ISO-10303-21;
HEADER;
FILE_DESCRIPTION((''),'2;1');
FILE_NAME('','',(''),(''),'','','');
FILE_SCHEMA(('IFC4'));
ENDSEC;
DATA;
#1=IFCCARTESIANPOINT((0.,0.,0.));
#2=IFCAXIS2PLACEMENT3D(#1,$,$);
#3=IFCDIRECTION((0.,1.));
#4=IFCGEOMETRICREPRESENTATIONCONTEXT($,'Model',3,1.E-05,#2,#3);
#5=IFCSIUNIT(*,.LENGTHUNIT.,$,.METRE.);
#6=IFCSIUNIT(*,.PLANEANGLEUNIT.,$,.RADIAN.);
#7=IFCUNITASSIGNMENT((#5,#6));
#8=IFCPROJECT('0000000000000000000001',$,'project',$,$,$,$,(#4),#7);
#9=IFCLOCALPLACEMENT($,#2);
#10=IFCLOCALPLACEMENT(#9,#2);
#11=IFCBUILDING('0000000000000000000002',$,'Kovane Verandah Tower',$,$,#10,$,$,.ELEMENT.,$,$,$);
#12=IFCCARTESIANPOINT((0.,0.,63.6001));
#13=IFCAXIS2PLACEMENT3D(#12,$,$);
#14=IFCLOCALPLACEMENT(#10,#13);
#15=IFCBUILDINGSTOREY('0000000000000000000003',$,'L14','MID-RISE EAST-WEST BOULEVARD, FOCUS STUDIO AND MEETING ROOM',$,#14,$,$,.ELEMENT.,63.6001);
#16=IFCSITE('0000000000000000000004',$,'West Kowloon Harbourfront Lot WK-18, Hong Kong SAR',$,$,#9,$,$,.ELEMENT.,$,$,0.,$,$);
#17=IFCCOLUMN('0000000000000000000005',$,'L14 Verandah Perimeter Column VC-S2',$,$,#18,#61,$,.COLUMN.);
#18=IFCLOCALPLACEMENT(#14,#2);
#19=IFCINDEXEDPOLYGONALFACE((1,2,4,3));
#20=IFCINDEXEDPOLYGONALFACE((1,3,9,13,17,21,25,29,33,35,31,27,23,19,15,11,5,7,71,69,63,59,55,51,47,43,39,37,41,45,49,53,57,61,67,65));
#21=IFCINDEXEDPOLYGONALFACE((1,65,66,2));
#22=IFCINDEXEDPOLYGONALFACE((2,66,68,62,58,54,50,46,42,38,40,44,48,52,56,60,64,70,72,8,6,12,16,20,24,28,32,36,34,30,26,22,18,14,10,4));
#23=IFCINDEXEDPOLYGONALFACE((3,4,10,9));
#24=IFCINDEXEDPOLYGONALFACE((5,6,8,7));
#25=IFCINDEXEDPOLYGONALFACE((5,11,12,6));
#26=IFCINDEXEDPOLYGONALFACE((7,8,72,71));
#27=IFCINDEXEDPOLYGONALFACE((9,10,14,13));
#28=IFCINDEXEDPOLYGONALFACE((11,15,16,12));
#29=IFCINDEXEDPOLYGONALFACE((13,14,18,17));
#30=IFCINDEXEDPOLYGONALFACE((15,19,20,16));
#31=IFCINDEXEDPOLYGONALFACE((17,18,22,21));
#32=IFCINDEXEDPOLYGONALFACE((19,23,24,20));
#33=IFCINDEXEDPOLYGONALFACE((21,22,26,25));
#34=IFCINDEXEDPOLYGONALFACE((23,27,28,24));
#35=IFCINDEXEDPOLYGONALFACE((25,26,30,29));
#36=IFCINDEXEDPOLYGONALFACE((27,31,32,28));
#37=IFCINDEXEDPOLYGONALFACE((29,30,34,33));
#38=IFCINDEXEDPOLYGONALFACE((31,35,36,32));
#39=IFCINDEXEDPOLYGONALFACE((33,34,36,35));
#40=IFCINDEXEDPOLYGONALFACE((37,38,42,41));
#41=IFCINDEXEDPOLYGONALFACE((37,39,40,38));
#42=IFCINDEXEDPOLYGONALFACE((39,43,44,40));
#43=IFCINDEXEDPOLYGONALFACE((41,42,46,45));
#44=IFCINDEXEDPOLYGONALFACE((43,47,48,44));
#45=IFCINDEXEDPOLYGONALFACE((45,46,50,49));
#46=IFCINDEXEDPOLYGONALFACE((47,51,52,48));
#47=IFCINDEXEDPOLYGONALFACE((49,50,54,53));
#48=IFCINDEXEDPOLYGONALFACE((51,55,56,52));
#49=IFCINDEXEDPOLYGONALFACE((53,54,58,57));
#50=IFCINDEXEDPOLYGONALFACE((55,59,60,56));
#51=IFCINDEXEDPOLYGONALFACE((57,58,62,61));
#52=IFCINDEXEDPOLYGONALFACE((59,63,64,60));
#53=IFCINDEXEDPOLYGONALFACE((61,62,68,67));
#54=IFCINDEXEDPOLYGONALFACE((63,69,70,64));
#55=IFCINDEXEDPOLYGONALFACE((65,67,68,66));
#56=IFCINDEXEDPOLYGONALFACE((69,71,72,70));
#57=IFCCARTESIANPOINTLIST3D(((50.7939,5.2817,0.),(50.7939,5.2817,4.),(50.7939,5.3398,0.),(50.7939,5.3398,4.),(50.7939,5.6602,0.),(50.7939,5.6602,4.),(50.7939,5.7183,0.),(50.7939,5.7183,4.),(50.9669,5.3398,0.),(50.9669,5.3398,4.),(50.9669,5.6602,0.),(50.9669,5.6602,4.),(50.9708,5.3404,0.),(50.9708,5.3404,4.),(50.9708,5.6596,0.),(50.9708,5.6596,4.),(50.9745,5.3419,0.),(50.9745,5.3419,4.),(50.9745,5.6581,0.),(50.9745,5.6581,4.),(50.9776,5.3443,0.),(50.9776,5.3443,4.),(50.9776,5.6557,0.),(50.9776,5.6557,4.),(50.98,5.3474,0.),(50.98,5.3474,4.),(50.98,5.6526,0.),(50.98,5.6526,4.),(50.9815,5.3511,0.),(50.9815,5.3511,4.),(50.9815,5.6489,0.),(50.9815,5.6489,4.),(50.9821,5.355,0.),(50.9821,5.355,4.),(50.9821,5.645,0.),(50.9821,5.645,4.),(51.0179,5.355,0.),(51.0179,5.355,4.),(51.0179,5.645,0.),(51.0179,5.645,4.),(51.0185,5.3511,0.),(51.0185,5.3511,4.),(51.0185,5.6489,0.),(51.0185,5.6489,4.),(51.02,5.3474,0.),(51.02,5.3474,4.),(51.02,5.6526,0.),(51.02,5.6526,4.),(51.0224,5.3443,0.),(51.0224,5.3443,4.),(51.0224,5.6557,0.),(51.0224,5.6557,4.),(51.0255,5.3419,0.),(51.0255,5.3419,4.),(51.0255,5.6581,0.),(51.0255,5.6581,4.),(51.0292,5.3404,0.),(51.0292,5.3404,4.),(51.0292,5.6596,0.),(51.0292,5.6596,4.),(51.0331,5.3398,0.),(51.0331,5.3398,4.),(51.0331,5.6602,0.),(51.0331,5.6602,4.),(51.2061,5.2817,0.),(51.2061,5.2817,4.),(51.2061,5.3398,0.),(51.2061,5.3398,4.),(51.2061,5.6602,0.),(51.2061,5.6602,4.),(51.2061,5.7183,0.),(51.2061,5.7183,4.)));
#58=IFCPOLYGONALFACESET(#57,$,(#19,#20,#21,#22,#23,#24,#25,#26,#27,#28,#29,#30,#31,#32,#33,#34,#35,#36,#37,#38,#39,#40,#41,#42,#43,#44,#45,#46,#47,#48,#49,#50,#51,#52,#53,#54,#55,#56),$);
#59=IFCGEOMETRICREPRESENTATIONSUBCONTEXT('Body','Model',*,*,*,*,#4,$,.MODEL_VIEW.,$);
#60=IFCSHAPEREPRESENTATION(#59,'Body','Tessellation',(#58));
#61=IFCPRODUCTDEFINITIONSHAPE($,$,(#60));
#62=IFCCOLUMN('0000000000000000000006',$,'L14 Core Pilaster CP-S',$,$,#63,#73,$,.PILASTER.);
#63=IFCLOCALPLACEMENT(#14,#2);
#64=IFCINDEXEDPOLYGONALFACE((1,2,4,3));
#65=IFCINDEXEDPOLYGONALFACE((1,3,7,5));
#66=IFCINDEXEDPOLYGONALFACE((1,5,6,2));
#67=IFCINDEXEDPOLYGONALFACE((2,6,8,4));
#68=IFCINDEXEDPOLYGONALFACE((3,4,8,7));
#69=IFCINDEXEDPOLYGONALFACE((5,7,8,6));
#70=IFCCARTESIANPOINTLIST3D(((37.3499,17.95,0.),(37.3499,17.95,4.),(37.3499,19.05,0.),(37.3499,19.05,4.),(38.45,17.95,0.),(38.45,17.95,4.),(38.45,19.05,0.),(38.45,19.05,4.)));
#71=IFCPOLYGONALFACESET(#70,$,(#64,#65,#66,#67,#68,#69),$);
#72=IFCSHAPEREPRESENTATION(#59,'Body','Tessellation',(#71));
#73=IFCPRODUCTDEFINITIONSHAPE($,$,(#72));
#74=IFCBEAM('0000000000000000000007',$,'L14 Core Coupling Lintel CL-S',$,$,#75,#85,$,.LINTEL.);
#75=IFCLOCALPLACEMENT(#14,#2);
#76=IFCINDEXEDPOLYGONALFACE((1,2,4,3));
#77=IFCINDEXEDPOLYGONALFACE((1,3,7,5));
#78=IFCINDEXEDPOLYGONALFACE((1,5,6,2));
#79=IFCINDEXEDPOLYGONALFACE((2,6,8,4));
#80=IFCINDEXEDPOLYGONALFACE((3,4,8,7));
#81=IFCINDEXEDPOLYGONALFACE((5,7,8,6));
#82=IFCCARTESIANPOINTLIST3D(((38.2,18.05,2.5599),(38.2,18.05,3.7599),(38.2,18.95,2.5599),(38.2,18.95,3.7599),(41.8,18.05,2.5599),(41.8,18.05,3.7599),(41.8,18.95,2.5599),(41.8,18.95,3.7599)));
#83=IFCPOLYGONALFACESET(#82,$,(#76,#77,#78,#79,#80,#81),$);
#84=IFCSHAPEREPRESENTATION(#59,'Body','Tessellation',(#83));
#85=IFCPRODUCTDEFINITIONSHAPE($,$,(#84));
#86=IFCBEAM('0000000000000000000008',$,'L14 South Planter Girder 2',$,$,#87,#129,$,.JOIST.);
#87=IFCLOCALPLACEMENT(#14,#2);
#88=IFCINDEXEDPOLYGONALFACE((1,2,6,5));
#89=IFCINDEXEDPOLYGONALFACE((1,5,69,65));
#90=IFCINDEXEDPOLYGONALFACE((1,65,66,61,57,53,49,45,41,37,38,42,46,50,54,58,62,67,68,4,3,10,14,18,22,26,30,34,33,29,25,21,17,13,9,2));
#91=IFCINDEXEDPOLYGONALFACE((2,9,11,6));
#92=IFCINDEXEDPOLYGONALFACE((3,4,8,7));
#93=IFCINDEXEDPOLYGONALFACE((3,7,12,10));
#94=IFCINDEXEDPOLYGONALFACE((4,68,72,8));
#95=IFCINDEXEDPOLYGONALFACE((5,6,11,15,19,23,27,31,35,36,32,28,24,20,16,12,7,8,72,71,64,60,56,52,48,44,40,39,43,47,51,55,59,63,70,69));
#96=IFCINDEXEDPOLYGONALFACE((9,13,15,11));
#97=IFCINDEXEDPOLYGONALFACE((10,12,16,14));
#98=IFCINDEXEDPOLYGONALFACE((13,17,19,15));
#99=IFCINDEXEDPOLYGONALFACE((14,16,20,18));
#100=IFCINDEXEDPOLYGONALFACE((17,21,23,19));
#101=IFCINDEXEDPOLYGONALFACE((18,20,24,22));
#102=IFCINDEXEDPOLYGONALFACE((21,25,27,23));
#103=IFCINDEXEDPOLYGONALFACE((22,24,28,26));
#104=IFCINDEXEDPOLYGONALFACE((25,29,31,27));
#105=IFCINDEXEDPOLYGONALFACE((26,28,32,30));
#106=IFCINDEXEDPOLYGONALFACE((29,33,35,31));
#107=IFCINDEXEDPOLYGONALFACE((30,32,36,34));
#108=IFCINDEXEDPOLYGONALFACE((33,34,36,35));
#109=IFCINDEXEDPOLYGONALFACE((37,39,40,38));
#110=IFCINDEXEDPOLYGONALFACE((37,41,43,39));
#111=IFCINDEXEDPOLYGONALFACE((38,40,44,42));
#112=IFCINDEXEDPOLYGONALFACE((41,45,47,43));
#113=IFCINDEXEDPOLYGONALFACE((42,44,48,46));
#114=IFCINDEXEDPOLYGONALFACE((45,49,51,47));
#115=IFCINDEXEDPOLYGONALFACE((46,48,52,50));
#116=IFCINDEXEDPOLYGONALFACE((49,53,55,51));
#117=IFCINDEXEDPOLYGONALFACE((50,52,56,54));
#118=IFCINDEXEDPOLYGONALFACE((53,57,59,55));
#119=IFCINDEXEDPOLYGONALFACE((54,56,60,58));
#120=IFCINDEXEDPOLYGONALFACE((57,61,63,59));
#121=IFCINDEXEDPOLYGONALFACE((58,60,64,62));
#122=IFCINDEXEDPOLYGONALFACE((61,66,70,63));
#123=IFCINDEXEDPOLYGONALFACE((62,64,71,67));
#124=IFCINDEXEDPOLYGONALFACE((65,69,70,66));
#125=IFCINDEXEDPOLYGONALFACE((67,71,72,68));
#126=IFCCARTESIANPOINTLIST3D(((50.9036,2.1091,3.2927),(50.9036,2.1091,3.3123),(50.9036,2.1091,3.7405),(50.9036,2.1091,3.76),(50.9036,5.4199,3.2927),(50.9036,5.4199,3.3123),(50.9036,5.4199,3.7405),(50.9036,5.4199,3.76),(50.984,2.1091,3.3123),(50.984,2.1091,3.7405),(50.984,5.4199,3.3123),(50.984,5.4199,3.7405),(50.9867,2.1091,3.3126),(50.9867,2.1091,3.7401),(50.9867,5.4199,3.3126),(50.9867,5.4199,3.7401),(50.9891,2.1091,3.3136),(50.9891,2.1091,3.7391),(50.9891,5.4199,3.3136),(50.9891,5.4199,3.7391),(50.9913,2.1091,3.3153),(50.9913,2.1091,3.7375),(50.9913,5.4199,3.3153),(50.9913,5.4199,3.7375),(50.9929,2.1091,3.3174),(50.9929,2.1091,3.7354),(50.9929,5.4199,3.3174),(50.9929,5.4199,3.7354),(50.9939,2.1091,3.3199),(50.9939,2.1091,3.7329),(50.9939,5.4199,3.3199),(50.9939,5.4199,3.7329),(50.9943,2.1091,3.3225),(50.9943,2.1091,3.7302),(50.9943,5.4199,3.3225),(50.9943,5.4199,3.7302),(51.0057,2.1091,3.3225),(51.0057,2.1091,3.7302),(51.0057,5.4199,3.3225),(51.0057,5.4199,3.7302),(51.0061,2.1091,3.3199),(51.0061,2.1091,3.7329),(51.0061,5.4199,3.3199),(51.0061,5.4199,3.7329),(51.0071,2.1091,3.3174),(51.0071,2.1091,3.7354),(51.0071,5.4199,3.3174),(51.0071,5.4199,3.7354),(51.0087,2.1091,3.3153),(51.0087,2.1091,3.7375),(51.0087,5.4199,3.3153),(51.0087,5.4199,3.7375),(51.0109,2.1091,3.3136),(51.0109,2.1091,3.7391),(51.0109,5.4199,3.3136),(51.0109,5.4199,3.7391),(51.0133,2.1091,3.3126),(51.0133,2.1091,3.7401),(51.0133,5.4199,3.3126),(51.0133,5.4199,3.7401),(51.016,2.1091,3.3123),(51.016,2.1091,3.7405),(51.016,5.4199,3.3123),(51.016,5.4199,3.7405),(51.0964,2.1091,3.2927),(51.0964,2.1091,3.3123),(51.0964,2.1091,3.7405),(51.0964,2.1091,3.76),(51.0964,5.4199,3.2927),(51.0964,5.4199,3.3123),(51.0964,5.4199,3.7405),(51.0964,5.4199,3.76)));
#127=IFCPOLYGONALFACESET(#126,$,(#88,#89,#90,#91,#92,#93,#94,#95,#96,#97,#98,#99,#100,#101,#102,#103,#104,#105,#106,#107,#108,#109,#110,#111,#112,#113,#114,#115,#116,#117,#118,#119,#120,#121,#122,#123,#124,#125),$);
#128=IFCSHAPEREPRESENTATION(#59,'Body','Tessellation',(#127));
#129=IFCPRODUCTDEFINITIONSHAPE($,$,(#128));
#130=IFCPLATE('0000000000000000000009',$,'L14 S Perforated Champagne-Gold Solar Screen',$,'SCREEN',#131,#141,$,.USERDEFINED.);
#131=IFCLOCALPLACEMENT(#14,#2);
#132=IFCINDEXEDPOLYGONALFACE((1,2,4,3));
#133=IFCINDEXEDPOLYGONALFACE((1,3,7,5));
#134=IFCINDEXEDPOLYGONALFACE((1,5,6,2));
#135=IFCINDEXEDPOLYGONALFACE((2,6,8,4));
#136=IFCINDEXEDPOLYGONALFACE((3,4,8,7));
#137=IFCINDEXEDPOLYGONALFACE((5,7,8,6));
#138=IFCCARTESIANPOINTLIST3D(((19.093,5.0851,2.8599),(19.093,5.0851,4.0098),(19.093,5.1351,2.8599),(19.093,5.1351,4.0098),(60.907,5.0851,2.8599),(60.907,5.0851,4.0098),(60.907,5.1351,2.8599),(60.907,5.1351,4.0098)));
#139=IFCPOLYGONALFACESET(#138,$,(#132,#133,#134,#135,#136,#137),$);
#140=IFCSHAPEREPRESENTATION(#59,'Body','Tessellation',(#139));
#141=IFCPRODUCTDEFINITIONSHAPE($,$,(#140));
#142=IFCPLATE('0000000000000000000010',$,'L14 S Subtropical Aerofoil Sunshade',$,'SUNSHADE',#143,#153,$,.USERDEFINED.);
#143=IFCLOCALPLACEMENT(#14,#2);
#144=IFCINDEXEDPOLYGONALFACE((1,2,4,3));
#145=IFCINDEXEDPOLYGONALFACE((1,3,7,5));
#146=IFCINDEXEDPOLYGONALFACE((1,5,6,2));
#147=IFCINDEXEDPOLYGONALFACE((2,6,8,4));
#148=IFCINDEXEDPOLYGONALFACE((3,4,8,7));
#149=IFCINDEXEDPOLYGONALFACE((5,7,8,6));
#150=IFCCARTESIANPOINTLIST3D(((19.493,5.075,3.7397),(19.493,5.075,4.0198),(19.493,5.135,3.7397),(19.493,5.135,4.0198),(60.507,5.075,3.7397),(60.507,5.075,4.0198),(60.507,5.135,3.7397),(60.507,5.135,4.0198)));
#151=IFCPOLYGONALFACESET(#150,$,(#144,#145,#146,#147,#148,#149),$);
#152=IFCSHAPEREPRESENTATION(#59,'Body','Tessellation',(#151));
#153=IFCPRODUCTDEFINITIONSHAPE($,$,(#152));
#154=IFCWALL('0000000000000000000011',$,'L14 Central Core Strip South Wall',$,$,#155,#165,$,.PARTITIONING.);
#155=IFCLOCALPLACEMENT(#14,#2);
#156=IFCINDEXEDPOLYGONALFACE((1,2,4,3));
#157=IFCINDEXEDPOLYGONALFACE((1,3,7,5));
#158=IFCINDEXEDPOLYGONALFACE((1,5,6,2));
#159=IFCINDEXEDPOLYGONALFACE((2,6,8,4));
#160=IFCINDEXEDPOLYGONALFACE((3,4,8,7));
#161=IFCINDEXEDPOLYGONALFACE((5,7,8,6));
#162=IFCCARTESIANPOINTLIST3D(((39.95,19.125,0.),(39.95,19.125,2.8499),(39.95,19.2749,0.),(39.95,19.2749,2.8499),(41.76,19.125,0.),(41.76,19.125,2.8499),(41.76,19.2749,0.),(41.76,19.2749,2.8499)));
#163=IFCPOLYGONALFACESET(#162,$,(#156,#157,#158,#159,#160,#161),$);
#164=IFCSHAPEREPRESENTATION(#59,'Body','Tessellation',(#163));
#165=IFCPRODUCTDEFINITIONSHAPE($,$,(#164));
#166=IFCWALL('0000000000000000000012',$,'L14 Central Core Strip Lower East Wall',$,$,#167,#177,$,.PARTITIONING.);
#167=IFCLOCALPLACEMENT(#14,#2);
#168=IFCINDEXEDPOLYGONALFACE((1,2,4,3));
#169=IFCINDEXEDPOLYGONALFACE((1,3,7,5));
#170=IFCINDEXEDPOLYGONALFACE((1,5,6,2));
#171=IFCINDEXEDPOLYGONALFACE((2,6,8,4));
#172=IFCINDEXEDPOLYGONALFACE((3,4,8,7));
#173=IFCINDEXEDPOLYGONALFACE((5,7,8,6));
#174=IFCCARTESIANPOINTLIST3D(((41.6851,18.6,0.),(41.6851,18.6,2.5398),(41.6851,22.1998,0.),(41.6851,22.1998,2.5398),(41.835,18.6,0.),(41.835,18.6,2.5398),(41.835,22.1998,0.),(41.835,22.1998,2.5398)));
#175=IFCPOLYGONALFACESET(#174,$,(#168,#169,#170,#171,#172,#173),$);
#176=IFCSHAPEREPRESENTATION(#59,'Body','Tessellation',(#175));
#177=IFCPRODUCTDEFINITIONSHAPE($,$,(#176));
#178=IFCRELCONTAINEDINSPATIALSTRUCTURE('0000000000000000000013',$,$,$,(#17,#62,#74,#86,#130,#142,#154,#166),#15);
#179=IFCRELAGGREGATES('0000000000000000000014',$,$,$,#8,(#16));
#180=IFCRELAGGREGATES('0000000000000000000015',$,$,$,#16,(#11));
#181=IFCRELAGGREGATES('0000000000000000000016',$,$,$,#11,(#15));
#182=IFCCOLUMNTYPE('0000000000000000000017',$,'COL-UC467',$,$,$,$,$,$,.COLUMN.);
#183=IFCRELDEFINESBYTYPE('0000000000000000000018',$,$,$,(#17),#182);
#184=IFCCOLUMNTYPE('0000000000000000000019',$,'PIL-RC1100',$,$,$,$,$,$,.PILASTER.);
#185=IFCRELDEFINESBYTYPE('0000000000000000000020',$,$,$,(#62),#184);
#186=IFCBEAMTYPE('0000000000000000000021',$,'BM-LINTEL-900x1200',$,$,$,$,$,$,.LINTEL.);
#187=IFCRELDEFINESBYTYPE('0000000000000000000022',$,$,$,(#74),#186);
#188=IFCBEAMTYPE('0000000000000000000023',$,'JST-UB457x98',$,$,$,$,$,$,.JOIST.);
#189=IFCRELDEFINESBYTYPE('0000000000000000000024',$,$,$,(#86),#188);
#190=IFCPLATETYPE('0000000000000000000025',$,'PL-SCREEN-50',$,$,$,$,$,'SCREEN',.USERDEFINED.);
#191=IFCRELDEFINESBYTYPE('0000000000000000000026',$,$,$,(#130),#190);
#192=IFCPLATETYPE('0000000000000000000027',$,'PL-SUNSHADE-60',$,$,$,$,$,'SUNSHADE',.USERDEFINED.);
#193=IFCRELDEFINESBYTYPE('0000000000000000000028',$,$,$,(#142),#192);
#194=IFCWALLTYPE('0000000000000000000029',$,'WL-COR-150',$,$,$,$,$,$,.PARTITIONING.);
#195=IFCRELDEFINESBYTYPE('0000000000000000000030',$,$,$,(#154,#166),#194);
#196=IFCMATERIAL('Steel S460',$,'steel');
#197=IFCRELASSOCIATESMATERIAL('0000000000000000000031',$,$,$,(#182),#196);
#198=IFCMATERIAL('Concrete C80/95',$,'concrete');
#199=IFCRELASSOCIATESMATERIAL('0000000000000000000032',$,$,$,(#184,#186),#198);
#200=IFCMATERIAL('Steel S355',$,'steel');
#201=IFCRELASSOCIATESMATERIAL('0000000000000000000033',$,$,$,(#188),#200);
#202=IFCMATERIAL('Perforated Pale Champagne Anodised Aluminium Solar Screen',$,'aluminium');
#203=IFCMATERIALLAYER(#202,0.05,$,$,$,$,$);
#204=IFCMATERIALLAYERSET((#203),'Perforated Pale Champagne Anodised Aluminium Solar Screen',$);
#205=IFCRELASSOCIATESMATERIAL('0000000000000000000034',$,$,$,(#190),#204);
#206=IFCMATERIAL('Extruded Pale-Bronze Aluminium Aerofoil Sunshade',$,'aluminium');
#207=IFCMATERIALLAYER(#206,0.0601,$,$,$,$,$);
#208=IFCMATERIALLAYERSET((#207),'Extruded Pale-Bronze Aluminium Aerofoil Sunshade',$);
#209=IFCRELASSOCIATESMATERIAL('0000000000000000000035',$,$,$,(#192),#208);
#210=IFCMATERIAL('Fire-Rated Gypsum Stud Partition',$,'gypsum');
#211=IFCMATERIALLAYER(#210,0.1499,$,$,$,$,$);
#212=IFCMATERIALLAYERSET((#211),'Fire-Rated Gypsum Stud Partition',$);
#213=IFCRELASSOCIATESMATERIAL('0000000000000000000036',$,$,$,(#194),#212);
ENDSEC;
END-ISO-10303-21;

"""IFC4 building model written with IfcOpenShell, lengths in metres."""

from ifc_helpers import new_model, si_unit, direction, frame, frame_2d, origin, origin_2d, place, context, subcontext, project, spatial, rectangle, i_section, extrude, material, layer, layer_set, material_profile, profile_set, type_object, element, save


model = new_model("IFC4")

# Units and contexts
model_context = context("Model", 3, precision=1e-05, world=origin(), true_north=direction((0.0, 1.0)))
body_context = subcontext(model_context, "Body", "Model", "MODEL_VIEW")
ifc_project = project(units=[si_unit("LENGTHUNIT", "METRE"), si_unit("PLANEANGLEUNIT", "RADIAN")], contexts=[model_context])

# Site, building, storey
site_placement = place(None, origin())
site = spatial("IfcSite", under=ifc_project, at=site_placement, Name="West Kowloon Harbourfront Lot WK-18, Hong Kong SAR", CompositionType="ELEMENT", RefElevation=0.0)
building_placement = place(site_placement, origin())
building = spatial("IfcBuilding", under=site, at=building_placement, Name="Kovane Verandah Tower", CompositionType="ELEMENT")
storey_placement = place(building_placement, frame((0.0, 0.0, 63.6001)))
storey = spatial("IfcBuildingStorey", under=building, at=storey_placement, Name="L14", Description="MID-RISE EAST-WEST BOULEVARD, FOCUS STUDIO AND MEETING ROOM", CompositionType="ELEMENT", Elevation=63.6001)

# Columns
ifc_material_1 = material(Name="Steel S460", Category="steel")
ifc_material_profile_1 = material_profile(ifc_material_1, i_section(OverallWidth=0.4121, OverallDepth=0.4365, WebThickness=0.0359, FlangeThickness=0.0581, FilletRadius=0.0151, at=origin_2d()), Name="UC356x406x467")
ifc_profile_set_1 = profile_set([ifc_material_profile_1], Name="Steel S460")
column_type_1 = type_object("IfcColumnType", Name="COL-UC467", PredefinedType="COLUMN", material=ifc_profile_set_1)
column_1_placement = place(storey_placement, frame((51.0, 5.5, 0.0), z_axis=(0.0, 0.0, 1.0), x_axis=(1.0, 0.0, 0.0)))
element("IfcColumn", 1, at=column_1_placement, inside=storey, type_object=column_type_1, Name="L14 Verandah Perimeter Column VC-S2", PredefinedType="COLUMN", context=body_context, shape_type="SweptSolid", body=[
    extrude(i_section(OverallWidth=0.4121, OverallDepth=0.4365, WebThickness=0.0359, FlangeThickness=0.0581, FilletRadius=0.0151, at=origin_2d()), origin(), (0.0, 0.0, 1.0), 4.0),
])
ifc_material_2 = material(Name="Concrete C80/95", Category="concrete")
ifc_material_profile_2 = material_profile(ifc_material_2, rectangle(XDim=1.1001, YDim=1.1001, at=origin_2d()), Name="RC1100x1100")
ifc_profile_set_2 = profile_set([ifc_material_profile_2], Name="Concrete C80/95")
column_type_2 = type_object("IfcColumnType", Name="PIL-RC1100", PredefinedType="PILASTER", material=ifc_profile_set_2)
column_2_placement = place(storey_placement, frame((37.8999, 18.5, 0.0), z_axis=(0.0, 0.0, 1.0), x_axis=(1.0, 0.0, 0.0)))
element("IfcColumn", 2, at=column_2_placement, inside=storey, type_object=column_type_2, Name="L14 Core Pilaster CP-S", PredefinedType="PILASTER", context=body_context, shape_type="SweptSolid", body=[
    extrude(rectangle(XDim=1.1001, YDim=1.1001, at=origin_2d()), origin(), (0.0, 0.0, 1.0), 4.0),
])

# Beams
ifc_material_profile_3 = material_profile(ifc_material_2, rectangle(XDim=0.8999, YDim=1.2, at=origin_2d()), Name="RCB900x1200")
ifc_profile_set_3 = profile_set([ifc_material_profile_3], Name="Concrete C80/95")
beam_type_1 = type_object("IfcBeamType", Name="BM-LINTEL-900x1200", PredefinedType="LINTEL", material=ifc_profile_set_3)
beam_1_placement = place(storey_placement, frame((38.2, 18.5, 3.1599), z_axis=(1.0, 0.0, 0.0), x_axis=(0.0, 1.0, 0.0)))
element("IfcBeam", 3, at=beam_1_placement, inside=storey, type_object=beam_type_1, Name="L14 Core Coupling Lintel CL-S", PredefinedType="LINTEL", context=body_context, shape_type="SweptSolid", body=[
    extrude(rectangle(XDim=0.8999, YDim=1.2, at=origin_2d()), origin(), (0.0, 0.0, 1.0), 3.6001),
])
ifc_material_3 = material(Name="Steel S355", Category="steel")
ifc_material_profile_4 = material_profile(ifc_material_3, i_section(OverallWidth=0.1929, OverallDepth=0.4673, WebThickness=0.0115, FlangeThickness=0.0195, FilletRadius=0.0103, at=origin_2d()), Name="UB457x191x98")
ifc_profile_set_4 = profile_set([ifc_material_profile_4], Name="Steel S355")
beam_type_2 = type_object("IfcBeamType", Name="JST-UB457x98", PredefinedType="JOIST", material=ifc_profile_set_4)
beam_2_placement = place(storey_placement, frame((51.0, 5.4199, 3.5264), z_axis=(0.0, -1.0, 0.0), x_axis=(1.0, 0.0, 0.0)))
element("IfcBeam", 4, at=beam_2_placement, inside=storey, type_object=beam_type_2, Name="L14 South Planter Girder 2", PredefinedType="JOIST", context=body_context, shape_type="SweptSolid", body=[
    extrude(i_section(OverallWidth=0.1929, OverallDepth=0.4673, WebThickness=0.0115, FlangeThickness=0.0195, FilletRadius=0.0103, at=origin_2d()), origin(), (0.0, 0.0, 1.0), 3.3108),
])

# Plates
ifc_material_4 = material(Name="Perforated Pale Champagne Anodised Aluminium Solar Screen", Category="aluminium")
ifc_layer_1 = layer(ifc_material_4, 0.05)
ifc_layer_set_1 = layer_set([ifc_layer_1], Name="Perforated Pale Champagne Anodised Aluminium Solar Screen")
plate_type_1 = type_object("IfcPlateType", Name="PL-SCREEN-50", ElementType="SCREEN", PredefinedType="USERDEFINED", material=ifc_layer_set_1)
plate_1_placement = place(storey_placement, frame((40.0, 5.1101, 2.8599), z_axis=(0.0, 0.0, 1.0), x_axis=(1.0, 0.0, 0.0)))
element("IfcPlate", 5, at=plate_1_placement, inside=storey, type_object=plate_type_1, Name="L14 S Perforated Champagne-Gold Solar Screen", ObjectType="SCREEN", PredefinedType="USERDEFINED", context=body_context, shape_type="SweptSolid", body=[
    extrude(rectangle(XDim=41.814, YDim=0.05, at=origin_2d()), origin(), (0.0, 0.0, 1.0), 1.1499),
])
ifc_material_5 = material(Name="Extruded Pale-Bronze Aluminium Aerofoil Sunshade", Category="aluminium")
ifc_layer_2 = layer(ifc_material_5, 0.0601)
ifc_layer_set_2 = layer_set([ifc_layer_2], Name="Extruded Pale-Bronze Aluminium Aerofoil Sunshade")
plate_type_2 = type_object("IfcPlateType", Name="PL-SUNSHADE-60", ElementType="SUNSHADE", PredefinedType="USERDEFINED", material=ifc_layer_set_2)
plate_2_placement = place(storey_placement, frame((40.0, 5.105, 3.7397), z_axis=(0.0, 0.0, 1.0), x_axis=(1.0, 0.0, 0.0)))
element("IfcPlate", 6, at=plate_2_placement, inside=storey, type_object=plate_type_2, Name="L14 S Subtropical Aerofoil Sunshade", ObjectType="SUNSHADE", PredefinedType="USERDEFINED", context=body_context, shape_type="SweptSolid", body=[
    extrude(rectangle(XDim=41.0139, YDim=0.0601, at=origin_2d()), origin(), (0.0, 0.0, 1.0), 0.28),
])

# Walls
ifc_material_6 = material(Name="Fire-Rated Gypsum Stud Partition", Category="gypsum")
ifc_layer_3 = layer(ifc_material_6, 0.1499)
ifc_layer_set_3 = layer_set([ifc_layer_3], Name="Fire-Rated Gypsum Stud Partition")
wall_type_1 = type_object("IfcWallType", Name="WL-COR-150", PredefinedType="PARTITIONING", material=ifc_layer_set_3)
wall_1_placement = place(storey_placement, frame((39.95, 19.2, 0.0), z_axis=(0.0, 0.0, 1.0), x_axis=(1.0, 0.0, 0.0)))
element("IfcWall", 7, at=wall_1_placement, inside=storey, type_object=wall_type_1, Name="L14 Central Core Strip South Wall", PredefinedType="PARTITIONING", context=body_context, shape_type="SweptSolid", body=[
    extrude(rectangle(XDim=1.8101, YDim=0.1499, at=frame_2d((0.905, 0.0))), origin(), (0.0, 0.0, 1.0), 2.8499),
])
wall_2_placement = place(storey_placement, frame((41.76, 18.6001, 0.0), z_axis=(0.0, 0.0, 1.0), x_axis=(0.0, 1.0, 0.0)))
element("IfcWall", 8, at=wall_2_placement, inside=storey, type_object=wall_type_1, Name="L14 Central Core Strip Lower East Wall", PredefinedType="PARTITIONING", context=body_context, shape_type="SweptSolid", body=[
    extrude(rectangle(XDim=3.5999, YDim=0.1499, at=frame_2d((1.7998, 0.0))), origin(), (0.0, 0.0, 1.0), 2.5398),
])

save(model, "model.ifc")
